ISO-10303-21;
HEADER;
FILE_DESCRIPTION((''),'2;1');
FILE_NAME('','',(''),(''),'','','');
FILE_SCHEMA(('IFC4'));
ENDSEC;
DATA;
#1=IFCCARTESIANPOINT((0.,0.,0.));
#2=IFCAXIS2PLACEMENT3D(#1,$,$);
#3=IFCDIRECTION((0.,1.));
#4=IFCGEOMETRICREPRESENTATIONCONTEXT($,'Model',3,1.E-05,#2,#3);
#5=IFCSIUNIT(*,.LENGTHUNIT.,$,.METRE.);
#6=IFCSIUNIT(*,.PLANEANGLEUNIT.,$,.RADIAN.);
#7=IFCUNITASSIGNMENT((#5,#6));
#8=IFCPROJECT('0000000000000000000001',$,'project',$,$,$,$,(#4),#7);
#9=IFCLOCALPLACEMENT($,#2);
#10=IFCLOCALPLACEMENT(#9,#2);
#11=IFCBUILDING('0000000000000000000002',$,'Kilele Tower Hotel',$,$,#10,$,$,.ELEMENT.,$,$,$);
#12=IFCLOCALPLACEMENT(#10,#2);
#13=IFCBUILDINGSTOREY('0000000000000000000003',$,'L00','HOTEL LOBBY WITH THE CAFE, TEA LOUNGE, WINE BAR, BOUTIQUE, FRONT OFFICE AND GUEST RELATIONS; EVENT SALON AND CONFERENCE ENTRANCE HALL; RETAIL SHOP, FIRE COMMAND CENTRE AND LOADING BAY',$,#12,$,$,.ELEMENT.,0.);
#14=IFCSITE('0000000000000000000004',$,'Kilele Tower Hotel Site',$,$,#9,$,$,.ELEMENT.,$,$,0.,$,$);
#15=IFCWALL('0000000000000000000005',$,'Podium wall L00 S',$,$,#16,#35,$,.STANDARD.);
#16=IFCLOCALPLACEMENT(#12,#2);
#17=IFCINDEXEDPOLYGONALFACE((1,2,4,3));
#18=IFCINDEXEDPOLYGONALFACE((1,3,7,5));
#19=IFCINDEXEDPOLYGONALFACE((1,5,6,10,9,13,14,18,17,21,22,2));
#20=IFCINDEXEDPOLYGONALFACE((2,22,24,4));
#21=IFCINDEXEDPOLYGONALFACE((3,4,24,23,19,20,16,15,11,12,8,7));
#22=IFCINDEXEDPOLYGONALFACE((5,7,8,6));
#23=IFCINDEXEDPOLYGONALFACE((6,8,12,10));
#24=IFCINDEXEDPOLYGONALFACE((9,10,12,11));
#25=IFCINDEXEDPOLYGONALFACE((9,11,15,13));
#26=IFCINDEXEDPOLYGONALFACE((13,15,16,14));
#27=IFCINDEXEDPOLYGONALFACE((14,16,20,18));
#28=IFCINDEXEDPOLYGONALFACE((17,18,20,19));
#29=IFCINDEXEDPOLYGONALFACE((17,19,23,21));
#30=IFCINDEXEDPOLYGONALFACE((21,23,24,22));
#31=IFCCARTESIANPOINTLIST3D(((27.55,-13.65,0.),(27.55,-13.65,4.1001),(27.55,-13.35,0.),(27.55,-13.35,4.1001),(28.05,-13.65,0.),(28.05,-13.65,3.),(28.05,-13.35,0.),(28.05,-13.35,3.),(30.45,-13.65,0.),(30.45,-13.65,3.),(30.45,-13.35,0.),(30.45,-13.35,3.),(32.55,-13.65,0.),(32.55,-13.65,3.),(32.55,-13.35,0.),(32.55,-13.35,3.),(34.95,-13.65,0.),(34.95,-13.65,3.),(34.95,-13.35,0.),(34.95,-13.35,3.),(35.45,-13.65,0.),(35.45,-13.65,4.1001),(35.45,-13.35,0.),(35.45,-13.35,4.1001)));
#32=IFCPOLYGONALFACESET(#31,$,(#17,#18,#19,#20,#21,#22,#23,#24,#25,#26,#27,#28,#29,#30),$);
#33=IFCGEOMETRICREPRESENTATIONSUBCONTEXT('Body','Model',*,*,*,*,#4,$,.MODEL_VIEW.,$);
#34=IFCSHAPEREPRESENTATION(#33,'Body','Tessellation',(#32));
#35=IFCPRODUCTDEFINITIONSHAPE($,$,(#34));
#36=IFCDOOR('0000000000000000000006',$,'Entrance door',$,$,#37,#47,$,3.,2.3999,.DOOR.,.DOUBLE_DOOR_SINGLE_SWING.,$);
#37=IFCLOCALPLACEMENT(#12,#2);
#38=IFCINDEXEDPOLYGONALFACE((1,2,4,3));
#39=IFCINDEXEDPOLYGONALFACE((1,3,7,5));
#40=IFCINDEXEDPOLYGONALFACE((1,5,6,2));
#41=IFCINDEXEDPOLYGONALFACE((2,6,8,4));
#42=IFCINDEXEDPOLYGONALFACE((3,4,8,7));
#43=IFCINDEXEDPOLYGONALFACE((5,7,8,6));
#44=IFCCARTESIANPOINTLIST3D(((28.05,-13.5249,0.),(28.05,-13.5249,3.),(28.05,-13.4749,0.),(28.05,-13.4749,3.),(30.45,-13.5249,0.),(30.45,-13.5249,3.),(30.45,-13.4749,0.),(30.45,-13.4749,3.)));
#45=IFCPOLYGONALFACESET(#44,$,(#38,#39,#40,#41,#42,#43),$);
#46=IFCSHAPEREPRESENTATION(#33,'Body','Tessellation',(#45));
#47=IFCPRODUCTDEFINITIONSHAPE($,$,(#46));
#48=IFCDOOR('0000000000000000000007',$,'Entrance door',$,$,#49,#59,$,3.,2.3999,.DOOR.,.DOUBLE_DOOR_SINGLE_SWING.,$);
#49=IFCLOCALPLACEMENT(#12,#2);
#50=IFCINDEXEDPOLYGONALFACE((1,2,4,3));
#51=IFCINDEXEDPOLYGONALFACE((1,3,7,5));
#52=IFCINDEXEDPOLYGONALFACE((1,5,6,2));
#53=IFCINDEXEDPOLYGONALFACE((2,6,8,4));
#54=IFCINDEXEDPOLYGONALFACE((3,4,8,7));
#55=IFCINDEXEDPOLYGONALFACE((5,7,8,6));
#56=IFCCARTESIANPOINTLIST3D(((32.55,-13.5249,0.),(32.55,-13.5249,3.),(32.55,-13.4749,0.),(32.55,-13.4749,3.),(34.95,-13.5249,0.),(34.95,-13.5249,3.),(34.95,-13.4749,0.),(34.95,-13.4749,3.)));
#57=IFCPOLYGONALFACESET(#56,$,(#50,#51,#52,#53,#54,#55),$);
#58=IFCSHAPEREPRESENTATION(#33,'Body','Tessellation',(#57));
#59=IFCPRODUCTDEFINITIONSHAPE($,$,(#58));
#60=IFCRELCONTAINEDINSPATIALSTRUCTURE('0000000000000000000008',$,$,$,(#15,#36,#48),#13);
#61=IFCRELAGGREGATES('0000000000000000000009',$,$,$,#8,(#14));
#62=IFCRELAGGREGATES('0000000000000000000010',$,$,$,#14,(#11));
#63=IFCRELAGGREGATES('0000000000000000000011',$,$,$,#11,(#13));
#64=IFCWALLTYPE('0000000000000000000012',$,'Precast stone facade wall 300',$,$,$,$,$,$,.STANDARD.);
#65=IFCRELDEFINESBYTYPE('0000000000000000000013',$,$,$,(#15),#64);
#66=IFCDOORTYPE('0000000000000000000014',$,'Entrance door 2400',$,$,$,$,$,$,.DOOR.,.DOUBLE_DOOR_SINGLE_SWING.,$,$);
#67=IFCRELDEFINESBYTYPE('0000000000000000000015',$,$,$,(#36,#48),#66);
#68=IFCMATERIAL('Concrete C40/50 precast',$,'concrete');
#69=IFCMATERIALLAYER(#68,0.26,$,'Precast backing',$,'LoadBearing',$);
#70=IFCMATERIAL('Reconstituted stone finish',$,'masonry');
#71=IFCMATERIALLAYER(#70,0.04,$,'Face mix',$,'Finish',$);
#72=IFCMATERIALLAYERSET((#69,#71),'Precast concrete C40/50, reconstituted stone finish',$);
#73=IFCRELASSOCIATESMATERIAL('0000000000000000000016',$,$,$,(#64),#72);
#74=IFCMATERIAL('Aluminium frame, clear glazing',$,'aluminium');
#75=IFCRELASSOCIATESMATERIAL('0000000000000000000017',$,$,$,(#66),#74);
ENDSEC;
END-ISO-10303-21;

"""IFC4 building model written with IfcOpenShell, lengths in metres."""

from ifc_helpers import new_model, si_unit, direction, frame, frame_2d, origin, place, context, subcontext, project, spatial, rectangle, extrude, material, layer, layer_set, type_object, element, fill, save


model = new_model("IFC4")

# Units and contexts
model_context = context("Model", 3, precision=1e-05, world=origin(), true_north=direction((0.0, 1.0)))
body_context = subcontext(model_context, "Body", "Model", "MODEL_VIEW")
ifc_project = project(units=[si_unit("LENGTHUNIT", "METRE"), si_unit("PLANEANGLEUNIT", "RADIAN")], contexts=[model_context])

# Site, building, storey
site_placement = place(None, origin())
site = spatial("IfcSite", under=ifc_project, at=site_placement, Name="Kilele Tower Hotel Site", CompositionType="ELEMENT", RefElevation=0.0)
building_placement = place(site_placement, origin())
building = spatial("IfcBuilding", under=site, at=building_placement, Name="Kilele Tower Hotel", CompositionType="ELEMENT")
storey_placement = place(building_placement, origin())
storey = spatial("IfcBuildingStorey", under=building, at=storey_placement, Name="L00", Description="HOTEL LOBBY WITH THE CAFE, TEA LOUNGE, WINE BAR, BOUTIQUE, FRONT OFFICE AND GUEST RELATIONS; EVENT SALON AND CONFERENCE ENTRANCE HALL; RETAIL SHOP, FIRE COMMAND CENTRE AND LOADING BAY", CompositionType="ELEMENT", Elevation=0.0)

# Wall, openings, doors
ifc_material_1 = material(Name="Concrete C40/50 precast", Category="concrete")
ifc_layer_1 = layer(ifc_material_1, 0.26, Name="Precast backing", Category="LoadBearing")
ifc_material_2 = material(Name="Reconstituted stone finish", Category="masonry")
ifc_layer_2 = layer(ifc_material_2, 0.04, Name="Face mix", Category="Finish")
ifc_layer_set_1 = layer_set([ifc_layer_1, ifc_layer_2], Name="Precast concrete C40/50, reconstituted stone finish")
wall_type_1 = type_object("IfcWallType", Name="Precast stone facade wall 300", PredefinedType="STANDARD", material=ifc_layer_set_1)
ifc_material_3 = material(Name="Aluminium frame, clear glazing", Category="aluminium")
door_type_1 = type_object("IfcDoorType", Name="Entrance door 2400", OperationType="DOUBLE_DOOR_SINGLE_SWING", PredefinedType="DOOR", material=ifc_material_3)
wall_1_placement = place(storey_placement, frame((27.55, -13.5, 0.0), z_axis=(0.0, 0.0, 1.0), x_axis=(1.0, 0.0, 0.0)))
wall_1 = element("IfcWall", 1, at=wall_1_placement, inside=storey, type_object=wall_type_1, Name="Podium wall L00 S", PredefinedType="STANDARD", context=body_context, shape_type="SweptSolid", body=[
    extrude(rectangle(XDim=7.8999, YDim=0.3, at=frame_2d((3.95, 0.0))), origin(), (0.0, 0.0, 1.0), 4.1001),
])
opening_1_placement = place(wall_1_placement, frame((2.8999, 0.0, 0.0), z_axis=(0.0, 0.0, 1.0), x_axis=(-1.0, 0.0, 0.0)))
opening_1 = element("IfcOpeningElement", 2, at=opening_1_placement, cuts=wall_1, PredefinedType="OPENING", context=body_context, shape_type="SweptSolid", body=[
    extrude(rectangle(XDim=2.3999, YDim=3.0, at=frame_2d((1.2, 1.5))), frame((0.0, 0.1599, 0.0), z_axis=(0.0, -1.0, 0.0), x_axis=(1.0, 0.0, 0.0)), (0.0, 0.0, 1.0), 0.3201),
])
opening_2_placement = place(wall_1_placement, frame((7.3999, 0.0, 0.0), z_axis=(0.0, 0.0, 1.0), x_axis=(-1.0, 0.0, 0.0)))
opening_2 = element("IfcOpeningElement", 3, at=opening_2_placement, cuts=wall_1, PredefinedType="OPENING", context=body_context, shape_type="SweptSolid", body=[
    extrude(rectangle(XDim=2.3999, YDim=3.0, at=frame_2d((1.2, 1.5))), frame((0.0, 0.1599, 0.0), z_axis=(0.0, -1.0, 0.0), x_axis=(1.0, 0.0, 0.0)), (0.0, 0.0, 1.0), 0.3201),
])
door_1_placement = place(opening_1_placement, origin())
door_1 = element("IfcDoor", 4, at=door_1_placement, inside=storey, type_object=door_type_1, Name="Entrance door", OperationType="DOUBLE_DOOR_SINGLE_SWING", OverallHeight=3.0, OverallWidth=2.3999, PredefinedType="DOOR", context=body_context, shape_type="SweptSolid", body=[
    extrude(rectangle(XDim=2.3999, YDim=3.0, at=frame_2d((1.2, 1.5))), frame((0.0, 0.0249, 0.0), z_axis=(0.0, -1.0, 0.0), x_axis=(1.0, 0.0, 0.0)), (0.0, 0.0, 1.0), 0.05),
])
fill(opening_1, door_1)
door_2_placement = place(opening_2_placement, origin())
door_2 = element("IfcDoor", 5, at=door_2_placement, inside=storey, type_object=door_type_1, Name="Entrance door", OperationType="DOUBLE_DOOR_SINGLE_SWING", OverallHeight=3.0, OverallWidth=2.3999, PredefinedType="DOOR", context=body_context, shape_type="SweptSolid", body=[
    extrude(rectangle(XDim=2.3999, YDim=3.0, at=frame_2d((1.2, 1.5))), frame((0.0, 0.0249, 0.0), z_axis=(0.0, -1.0, 0.0), x_axis=(1.0, 0.0, 0.0)), (0.0, 0.0, 1.0), 0.05),
])
fill(opening_2, door_2)

save(model, "model.ifc")
